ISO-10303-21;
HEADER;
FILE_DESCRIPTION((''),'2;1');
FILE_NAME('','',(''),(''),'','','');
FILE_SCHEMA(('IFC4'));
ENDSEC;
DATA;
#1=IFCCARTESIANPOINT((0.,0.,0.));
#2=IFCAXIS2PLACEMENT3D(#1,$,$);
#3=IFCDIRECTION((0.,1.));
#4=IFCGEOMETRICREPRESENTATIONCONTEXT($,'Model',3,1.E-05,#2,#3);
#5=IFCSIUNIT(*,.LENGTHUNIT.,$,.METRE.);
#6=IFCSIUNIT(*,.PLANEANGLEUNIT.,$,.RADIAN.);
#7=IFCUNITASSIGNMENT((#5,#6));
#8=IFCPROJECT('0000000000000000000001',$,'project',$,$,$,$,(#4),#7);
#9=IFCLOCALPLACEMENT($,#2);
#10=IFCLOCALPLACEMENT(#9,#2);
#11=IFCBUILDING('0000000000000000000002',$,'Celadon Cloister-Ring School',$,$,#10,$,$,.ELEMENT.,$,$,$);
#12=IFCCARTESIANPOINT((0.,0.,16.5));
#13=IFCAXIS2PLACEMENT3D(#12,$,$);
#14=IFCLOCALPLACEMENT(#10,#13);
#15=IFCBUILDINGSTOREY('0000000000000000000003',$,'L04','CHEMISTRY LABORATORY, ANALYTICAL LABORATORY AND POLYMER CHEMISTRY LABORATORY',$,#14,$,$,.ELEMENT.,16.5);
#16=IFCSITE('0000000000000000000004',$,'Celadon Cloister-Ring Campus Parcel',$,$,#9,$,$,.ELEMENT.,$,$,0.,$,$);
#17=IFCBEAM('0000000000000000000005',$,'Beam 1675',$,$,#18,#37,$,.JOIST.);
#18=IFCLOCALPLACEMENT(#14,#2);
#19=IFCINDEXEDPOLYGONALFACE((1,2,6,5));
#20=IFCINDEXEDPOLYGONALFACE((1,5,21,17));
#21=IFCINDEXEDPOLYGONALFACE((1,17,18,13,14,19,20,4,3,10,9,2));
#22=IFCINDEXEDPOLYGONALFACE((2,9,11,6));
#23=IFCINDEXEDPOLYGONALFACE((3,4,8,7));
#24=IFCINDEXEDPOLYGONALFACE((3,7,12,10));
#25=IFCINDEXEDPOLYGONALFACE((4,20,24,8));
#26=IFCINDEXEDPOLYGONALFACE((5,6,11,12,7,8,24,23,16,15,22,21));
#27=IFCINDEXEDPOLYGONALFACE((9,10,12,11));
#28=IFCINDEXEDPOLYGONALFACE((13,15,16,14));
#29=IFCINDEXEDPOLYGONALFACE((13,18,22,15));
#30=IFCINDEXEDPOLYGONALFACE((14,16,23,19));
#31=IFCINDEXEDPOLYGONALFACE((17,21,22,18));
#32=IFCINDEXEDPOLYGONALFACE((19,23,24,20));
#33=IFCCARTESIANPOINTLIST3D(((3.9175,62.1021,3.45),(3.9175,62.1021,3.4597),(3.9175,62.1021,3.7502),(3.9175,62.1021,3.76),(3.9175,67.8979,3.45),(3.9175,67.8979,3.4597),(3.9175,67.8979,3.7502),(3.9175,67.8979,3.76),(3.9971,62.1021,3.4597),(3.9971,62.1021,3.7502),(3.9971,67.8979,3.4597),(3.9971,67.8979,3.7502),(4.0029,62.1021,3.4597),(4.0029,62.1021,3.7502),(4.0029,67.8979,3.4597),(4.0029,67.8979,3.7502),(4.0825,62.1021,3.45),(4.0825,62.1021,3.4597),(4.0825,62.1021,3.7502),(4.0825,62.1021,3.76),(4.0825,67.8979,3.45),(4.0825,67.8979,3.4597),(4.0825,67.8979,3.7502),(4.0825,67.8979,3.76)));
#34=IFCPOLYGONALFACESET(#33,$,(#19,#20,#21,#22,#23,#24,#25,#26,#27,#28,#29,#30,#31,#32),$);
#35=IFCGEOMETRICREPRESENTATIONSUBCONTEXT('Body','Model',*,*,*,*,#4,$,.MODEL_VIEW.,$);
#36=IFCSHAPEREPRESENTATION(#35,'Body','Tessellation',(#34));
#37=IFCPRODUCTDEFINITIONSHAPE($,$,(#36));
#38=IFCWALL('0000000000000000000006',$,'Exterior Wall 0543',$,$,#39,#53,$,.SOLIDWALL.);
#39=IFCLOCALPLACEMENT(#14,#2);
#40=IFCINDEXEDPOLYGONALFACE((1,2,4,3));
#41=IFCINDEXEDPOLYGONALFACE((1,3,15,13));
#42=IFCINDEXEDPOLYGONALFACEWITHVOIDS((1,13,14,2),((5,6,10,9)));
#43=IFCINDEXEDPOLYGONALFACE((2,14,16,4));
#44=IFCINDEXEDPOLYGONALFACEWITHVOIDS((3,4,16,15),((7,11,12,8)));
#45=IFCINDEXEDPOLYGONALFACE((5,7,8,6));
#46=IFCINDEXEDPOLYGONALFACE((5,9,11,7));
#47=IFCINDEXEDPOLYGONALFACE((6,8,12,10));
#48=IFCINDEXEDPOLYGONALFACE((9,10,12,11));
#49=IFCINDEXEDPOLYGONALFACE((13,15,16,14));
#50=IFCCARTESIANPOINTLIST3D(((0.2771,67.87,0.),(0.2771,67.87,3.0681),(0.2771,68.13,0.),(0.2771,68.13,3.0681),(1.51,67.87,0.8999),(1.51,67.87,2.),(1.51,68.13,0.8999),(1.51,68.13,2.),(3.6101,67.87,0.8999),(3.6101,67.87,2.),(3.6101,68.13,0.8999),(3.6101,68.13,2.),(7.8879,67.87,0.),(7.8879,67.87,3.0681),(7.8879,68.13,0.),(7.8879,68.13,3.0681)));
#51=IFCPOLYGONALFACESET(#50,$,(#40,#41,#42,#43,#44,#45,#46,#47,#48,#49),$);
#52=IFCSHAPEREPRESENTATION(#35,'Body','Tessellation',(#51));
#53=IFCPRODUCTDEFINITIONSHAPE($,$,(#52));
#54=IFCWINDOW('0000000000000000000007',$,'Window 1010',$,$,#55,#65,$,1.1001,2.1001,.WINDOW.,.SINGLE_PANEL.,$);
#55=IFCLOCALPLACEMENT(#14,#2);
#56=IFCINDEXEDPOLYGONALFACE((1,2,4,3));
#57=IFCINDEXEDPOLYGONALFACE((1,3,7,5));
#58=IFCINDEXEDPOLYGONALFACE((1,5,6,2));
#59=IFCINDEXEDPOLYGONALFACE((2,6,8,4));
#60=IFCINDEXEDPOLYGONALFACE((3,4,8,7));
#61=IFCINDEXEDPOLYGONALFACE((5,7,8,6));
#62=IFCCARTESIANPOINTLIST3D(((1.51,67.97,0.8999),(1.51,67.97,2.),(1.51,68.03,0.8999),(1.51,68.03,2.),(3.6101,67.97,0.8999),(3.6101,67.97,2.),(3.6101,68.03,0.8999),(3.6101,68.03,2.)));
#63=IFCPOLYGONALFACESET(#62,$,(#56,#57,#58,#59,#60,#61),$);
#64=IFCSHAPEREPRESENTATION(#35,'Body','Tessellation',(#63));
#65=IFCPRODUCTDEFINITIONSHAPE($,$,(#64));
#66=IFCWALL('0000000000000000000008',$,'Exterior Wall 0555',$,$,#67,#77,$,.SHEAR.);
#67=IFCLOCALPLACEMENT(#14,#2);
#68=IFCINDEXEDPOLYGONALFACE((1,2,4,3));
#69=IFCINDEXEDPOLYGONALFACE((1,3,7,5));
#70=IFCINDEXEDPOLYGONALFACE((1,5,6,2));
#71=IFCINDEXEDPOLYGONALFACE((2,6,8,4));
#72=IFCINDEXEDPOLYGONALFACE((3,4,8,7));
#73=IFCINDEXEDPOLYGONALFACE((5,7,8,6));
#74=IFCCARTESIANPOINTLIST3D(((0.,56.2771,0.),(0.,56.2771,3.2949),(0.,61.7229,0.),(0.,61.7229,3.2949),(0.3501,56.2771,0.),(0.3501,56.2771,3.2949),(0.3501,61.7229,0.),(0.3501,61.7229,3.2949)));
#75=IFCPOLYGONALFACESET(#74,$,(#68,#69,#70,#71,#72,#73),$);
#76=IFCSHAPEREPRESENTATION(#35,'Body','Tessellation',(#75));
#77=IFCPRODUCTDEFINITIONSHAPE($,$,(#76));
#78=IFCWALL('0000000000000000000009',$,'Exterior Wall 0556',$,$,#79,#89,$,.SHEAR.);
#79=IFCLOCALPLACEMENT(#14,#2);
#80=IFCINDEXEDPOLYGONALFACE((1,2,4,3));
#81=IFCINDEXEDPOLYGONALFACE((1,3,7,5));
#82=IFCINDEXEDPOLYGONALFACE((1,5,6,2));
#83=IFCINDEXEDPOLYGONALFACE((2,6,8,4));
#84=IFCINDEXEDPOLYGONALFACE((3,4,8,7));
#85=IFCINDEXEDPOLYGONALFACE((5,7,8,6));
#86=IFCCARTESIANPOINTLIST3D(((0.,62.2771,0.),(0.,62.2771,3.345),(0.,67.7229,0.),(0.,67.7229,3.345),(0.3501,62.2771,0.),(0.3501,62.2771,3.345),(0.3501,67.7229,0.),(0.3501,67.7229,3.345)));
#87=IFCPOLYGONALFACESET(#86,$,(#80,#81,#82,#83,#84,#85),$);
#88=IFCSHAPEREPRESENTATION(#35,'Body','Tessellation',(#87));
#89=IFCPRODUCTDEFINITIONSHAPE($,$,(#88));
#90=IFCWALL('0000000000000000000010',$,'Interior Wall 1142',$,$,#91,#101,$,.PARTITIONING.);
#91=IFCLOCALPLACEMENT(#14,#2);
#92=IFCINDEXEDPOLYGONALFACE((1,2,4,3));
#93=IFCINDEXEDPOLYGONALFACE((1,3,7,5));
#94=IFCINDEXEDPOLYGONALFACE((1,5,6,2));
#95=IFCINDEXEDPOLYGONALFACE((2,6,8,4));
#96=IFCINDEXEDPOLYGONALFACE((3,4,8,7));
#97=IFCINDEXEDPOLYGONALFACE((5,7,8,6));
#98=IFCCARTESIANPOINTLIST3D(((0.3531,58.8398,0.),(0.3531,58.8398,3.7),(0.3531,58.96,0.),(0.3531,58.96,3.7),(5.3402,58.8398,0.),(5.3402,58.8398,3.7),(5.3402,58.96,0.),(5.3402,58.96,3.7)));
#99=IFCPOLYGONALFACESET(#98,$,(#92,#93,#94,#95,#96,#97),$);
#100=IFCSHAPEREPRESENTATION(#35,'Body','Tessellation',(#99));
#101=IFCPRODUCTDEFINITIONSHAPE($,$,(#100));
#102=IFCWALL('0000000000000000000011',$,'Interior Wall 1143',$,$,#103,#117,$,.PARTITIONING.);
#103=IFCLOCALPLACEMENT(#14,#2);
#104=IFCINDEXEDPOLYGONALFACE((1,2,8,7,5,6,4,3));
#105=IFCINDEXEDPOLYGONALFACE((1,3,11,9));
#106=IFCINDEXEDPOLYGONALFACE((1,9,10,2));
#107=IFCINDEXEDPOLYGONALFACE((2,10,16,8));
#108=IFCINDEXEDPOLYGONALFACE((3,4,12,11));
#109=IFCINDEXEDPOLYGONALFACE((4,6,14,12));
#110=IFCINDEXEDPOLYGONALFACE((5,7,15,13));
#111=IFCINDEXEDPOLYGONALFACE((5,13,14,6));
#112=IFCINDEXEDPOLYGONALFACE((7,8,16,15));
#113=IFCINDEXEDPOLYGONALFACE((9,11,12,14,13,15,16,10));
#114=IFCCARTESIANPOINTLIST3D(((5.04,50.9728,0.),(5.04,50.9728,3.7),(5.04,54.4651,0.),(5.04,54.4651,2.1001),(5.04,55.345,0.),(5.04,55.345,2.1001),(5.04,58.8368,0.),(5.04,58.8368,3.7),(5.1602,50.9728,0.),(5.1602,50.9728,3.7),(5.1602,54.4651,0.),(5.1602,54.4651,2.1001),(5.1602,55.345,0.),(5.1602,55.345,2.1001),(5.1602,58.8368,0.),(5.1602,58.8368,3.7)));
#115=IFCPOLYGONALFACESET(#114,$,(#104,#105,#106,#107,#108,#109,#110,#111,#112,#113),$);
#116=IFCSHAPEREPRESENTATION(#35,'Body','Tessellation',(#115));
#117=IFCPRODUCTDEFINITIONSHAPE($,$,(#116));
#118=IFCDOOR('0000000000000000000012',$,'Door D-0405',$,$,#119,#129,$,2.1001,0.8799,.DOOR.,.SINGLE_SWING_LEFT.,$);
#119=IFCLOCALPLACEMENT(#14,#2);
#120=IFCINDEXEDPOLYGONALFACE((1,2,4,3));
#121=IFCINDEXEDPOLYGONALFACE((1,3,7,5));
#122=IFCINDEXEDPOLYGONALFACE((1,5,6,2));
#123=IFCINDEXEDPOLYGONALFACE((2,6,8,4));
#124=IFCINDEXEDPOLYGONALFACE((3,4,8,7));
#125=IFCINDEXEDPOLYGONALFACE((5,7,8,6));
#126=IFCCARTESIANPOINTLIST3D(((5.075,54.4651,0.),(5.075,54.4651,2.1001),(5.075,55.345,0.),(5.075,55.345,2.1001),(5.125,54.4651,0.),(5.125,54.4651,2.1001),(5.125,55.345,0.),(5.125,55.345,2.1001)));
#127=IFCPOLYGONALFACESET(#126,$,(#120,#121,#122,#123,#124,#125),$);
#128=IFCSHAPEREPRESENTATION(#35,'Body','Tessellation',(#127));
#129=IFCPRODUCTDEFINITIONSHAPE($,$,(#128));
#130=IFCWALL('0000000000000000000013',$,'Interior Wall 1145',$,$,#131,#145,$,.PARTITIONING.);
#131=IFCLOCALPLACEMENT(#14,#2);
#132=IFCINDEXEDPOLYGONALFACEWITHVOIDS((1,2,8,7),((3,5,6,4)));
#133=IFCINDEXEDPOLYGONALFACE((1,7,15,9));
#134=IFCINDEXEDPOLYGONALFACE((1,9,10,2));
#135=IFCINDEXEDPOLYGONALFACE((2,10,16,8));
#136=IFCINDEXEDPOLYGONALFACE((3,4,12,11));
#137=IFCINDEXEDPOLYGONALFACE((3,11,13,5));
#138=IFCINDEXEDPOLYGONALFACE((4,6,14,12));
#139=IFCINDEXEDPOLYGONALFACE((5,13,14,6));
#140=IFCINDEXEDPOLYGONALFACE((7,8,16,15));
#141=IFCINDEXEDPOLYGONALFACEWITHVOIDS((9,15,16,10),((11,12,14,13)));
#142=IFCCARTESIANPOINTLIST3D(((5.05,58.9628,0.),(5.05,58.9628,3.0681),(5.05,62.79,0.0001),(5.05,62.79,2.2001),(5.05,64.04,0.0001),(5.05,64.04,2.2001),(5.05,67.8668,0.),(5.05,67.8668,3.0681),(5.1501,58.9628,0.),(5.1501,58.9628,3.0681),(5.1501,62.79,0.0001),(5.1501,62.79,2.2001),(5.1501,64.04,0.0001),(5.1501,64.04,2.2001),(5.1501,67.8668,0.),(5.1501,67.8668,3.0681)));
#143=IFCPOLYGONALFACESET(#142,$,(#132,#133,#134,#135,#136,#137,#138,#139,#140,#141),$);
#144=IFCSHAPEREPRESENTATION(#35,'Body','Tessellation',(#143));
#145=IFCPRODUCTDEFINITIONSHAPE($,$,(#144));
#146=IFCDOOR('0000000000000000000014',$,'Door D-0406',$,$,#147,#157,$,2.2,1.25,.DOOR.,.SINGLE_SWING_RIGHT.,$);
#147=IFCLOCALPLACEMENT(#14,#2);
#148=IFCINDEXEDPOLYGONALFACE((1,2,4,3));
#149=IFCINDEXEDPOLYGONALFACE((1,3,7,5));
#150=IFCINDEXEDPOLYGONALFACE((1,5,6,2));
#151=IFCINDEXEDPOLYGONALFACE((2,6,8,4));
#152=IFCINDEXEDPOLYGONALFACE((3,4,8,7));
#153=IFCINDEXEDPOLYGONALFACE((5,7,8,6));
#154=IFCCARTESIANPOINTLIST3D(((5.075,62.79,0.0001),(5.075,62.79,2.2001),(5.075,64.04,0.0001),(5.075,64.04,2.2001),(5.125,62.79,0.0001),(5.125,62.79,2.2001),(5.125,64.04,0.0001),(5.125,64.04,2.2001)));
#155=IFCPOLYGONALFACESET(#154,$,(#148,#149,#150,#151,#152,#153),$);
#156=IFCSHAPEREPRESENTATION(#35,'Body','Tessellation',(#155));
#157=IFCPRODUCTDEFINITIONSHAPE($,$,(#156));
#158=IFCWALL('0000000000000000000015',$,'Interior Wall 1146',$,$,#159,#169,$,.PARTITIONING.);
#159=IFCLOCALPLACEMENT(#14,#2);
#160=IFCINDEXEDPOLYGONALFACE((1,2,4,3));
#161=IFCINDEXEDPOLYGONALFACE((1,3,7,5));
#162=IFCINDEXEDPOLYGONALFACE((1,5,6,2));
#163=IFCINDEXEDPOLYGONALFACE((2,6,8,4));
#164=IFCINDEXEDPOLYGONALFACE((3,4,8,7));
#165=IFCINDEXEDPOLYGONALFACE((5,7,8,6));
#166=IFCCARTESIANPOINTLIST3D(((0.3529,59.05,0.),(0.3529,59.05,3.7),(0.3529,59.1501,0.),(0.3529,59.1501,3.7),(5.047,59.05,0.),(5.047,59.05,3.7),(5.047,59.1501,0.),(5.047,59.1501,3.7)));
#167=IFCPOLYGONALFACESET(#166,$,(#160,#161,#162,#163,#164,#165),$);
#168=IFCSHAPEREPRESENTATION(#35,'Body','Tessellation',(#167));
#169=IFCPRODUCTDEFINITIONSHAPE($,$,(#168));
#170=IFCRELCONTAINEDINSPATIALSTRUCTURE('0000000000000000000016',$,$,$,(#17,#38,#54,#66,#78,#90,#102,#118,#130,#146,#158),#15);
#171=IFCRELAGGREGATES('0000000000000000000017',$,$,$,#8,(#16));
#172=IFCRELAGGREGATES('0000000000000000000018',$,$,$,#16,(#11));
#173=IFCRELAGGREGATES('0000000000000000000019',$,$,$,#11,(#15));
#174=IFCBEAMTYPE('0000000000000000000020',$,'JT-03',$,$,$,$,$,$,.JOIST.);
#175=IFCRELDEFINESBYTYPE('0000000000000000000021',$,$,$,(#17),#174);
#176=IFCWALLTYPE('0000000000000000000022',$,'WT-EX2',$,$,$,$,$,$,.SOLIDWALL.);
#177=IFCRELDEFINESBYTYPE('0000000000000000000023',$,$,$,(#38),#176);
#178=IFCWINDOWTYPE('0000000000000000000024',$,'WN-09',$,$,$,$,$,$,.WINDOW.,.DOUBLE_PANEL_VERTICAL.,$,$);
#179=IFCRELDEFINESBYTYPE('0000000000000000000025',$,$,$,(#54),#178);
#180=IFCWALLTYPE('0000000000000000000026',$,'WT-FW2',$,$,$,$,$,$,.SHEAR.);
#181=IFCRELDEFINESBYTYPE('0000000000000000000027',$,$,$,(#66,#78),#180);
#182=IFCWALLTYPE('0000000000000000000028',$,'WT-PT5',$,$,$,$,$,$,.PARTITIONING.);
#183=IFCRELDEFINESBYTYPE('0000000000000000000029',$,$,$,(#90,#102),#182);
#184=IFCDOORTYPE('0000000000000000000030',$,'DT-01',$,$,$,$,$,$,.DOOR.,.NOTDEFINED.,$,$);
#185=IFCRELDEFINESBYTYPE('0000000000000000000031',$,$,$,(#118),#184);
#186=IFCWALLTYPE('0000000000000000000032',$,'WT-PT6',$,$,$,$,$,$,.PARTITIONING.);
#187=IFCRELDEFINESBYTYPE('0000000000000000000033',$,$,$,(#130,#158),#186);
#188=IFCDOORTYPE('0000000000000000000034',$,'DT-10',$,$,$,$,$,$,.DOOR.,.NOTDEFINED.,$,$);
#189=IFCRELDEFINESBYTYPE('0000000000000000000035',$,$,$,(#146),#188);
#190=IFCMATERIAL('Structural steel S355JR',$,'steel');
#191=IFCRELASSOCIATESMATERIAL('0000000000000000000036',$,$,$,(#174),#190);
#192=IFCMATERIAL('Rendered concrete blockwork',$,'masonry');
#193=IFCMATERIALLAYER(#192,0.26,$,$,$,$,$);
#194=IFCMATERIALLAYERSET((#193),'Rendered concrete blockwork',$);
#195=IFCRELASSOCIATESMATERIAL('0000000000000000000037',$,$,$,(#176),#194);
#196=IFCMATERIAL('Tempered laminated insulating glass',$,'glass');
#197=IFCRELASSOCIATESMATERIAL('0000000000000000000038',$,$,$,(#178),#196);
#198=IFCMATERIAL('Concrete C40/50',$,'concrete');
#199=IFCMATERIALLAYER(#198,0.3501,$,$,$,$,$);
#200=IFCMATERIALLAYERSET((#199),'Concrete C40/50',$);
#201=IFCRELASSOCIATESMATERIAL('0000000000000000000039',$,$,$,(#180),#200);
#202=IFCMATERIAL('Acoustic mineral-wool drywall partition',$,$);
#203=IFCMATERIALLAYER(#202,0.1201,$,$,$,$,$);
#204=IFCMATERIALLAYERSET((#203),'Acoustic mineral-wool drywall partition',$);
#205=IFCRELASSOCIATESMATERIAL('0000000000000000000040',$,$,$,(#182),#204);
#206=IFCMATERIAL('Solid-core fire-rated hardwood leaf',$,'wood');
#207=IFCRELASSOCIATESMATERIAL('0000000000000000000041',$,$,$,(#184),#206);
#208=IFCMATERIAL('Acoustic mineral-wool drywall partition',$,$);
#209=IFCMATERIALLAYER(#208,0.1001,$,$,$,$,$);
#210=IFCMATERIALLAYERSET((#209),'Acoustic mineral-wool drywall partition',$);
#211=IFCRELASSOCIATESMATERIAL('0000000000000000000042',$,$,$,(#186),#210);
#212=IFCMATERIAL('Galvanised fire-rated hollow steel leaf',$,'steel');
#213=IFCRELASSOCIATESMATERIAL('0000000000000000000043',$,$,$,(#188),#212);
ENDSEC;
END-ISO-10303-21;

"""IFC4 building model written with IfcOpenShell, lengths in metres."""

from ifc_helpers import new_model, si_unit, direction, frame, frame_2d, origin, origin_2d, place, context, subcontext, project, spatial, rectangle, i_section, extrude, material, layer, layer_set, material_profile, profile_set, type_object, element, fill, save


model = new_model("IFC4")

# Units and contexts
model_context = context("Model", 3, precision=1e-05, world=origin(), true_north=direction((0.0, 1.0)))
body_context = subcontext(model_context, "Body", "Model", "MODEL_VIEW")
ifc_project = project(units=[si_unit("LENGTHUNIT", "METRE"), si_unit("PLANEANGLEUNIT", "RADIAN")], contexts=[model_context])

# Site, building, storey
site_placement = place(None, origin())
site = spatial("IfcSite", under=ifc_project, at=site_placement, Name="Celadon Cloister-Ring Campus Parcel", CompositionType="ELEMENT", RefElevation=0.0)
building_placement = place(site_placement, origin())
building = spatial("IfcBuilding", under=site, at=building_placement, Name="Celadon Cloister-Ring School", CompositionType="ELEMENT")
storey_placement = place(building_placement, frame((0.0, 0.0, 16.5)))
storey = spatial("IfcBuildingStorey", under=building, at=storey_placement, Name="L04", Description="CHEMISTRY LABORATORY, ANALYTICAL LABORATORY AND POLYMER CHEMISTRY LABORATORY", CompositionType="ELEMENT", Elevation=16.5)

# Beam
ifc_material_1 = material(Name="Structural steel S355JR", Category="steel")
ifc_material_profile_1 = material_profile(ifc_material_1, i_section(OverallWidth=0.165, OverallDepth=0.3101, WebThickness=0.0059, FlangeThickness=0.0098, at=origin_2d()), Name="W310X39")
ifc_profile_set_1 = profile_set([ifc_material_profile_1], Name="Structural steel S355JR")
beam_type_1 = type_object("IfcBeamType", Name="JT-03", PredefinedType="JOIST", material=ifc_profile_set_1)
beam_1_placement = place(storey_placement, frame((4.0, 62.1021, 3.605), z_axis=(0.0, 1.0, 0.0), x_axis=(-1.0, 0.0, 0.0)))
element("IfcBeam", 1, at=beam_1_placement, inside=storey, type_object=beam_type_1, Name="Beam 1675", PredefinedType="JOIST", context=body_context, shape_type="SweptSolid", body=[
    extrude(i_section(OverallWidth=0.165, OverallDepth=0.3101, WebThickness=0.0059, FlangeThickness=0.0098, at=origin_2d()), origin(), (0.0, 0.0, 1.0), 5.7959),
])

# Wall, opening, window
ifc_material_2 = material(Name="Rendered concrete blockwork", Category="masonry")
ifc_layer_1 = layer(ifc_material_2, 0.26)
ifc_layer_set_1 = layer_set([ifc_layer_1], Name="Rendered concrete blockwork")
wall_type_1 = type_object("IfcWallType", Name="WT-EX2", PredefinedType="SOLIDWALL", material=ifc_layer_set_1)
wall_1_placement = place(storey_placement, frame((0.2771, 68.0, 0.0), z_axis=(0.0, 0.0, 1.0), x_axis=(1.0, 0.0, 0.0)))
wall_1 = element("IfcWall", 2, at=wall_1_placement, inside=storey, type_object=wall_type_1, Name="Exterior Wall 0543", PredefinedType="SOLIDWALL", context=body_context, shape_type="SweptSolid", body=[
    extrude(rectangle(XDim=7.6108, YDim=0.26, at=frame_2d((3.8054, 0.0))), origin(), (0.0, 0.0, 1.0), 3.0681),
])
opening_1_placement = place(wall_1_placement, frame((1.2329, 0.0, 0.8999)))
opening_1 = element("IfcOpeningElement", 3, at=opening_1_placement, cuts=wall_1, PredefinedType="OPENING", context=body_context, shape_type="SweptSolid", body=[
    extrude(rectangle(XDim=2.1001, YDim=1.1001, at=frame_2d((1.05, 0.55))), frame((0.0, 0.1401, 0.0), z_axis=(0.0, -1.0, 0.0), x_axis=(1.0, 0.0, 0.0)), (0.0, 0.0, 1.0), 0.28),
])
ifc_material_3 = material(Name="Tempered laminated insulating glass", Category="glass")
window_type = type_object("IfcWindowType", Name="WN-09", PartitioningType="DOUBLE_PANEL_VERTICAL", PredefinedType="WINDOW", material=ifc_material_3)
window_placement = place(opening_1_placement, origin())
window = element("IfcWindow", 4, at=window_placement, inside=storey, type_object=window_type, Name="Window 1010", OverallHeight=1.1001, OverallWidth=2.1001, PartitioningType="SINGLE_PANEL", PredefinedType="WINDOW", context=body_context, shape_type="SweptSolid", body=[
    extrude(rectangle(XDim=2.1001, YDim=1.1001, at=frame_2d((1.05, 0.55))), frame((0.0, 0.03, 0.0), z_axis=(0.0, -1.0, 0.0), x_axis=(1.0, 0.0, 0.0)), (0.0, 0.0, 1.0), 0.0601),
])
fill(opening_1, window)

# Walls
ifc_material_4 = material(Name="Concrete C40/50", Category="concrete")
ifc_layer_2 = layer(ifc_material_4, 0.3501)
ifc_layer_set_2 = layer_set([ifc_layer_2], Name="Concrete C40/50")
wall_type_2 = type_object("IfcWallType", Name="WT-FW2", PredefinedType="SHEAR", material=ifc_layer_set_2)
wall_2_placement = place(storey_placement, frame((0.175, 56.2771, 0.0), z_axis=(0.0, 0.0, 1.0), x_axis=(0.0, 1.0, 0.0)))
element("IfcWall", 5, at=wall_2_placement, inside=storey, type_object=wall_type_2, Name="Exterior Wall 0555", PredefinedType="SHEAR", context=body_context, shape_type="SweptSolid", body=[
    extrude(rectangle(XDim=5.4458, YDim=0.3501, at=frame_2d((2.7229, 0.0))), origin(), (0.0, 0.0, 1.0), 3.2949),
])
wall_3_placement = place(storey_placement, frame((0.175, 62.2771, 0.0), z_axis=(0.0, 0.0, 1.0), x_axis=(0.0, 1.0, 0.0)))
element("IfcWall", 6, at=wall_3_placement, inside=storey, type_object=wall_type_2, Name="Exterior Wall 0556", PredefinedType="SHEAR", context=body_context, shape_type="SweptSolid", body=[
    extrude(rectangle(XDim=5.4458, YDim=0.3501, at=frame_2d((2.7229, 0.0))), origin(), (0.0, 0.0, 1.0), 3.345),
])
ifc_material_5 = material(Name="Acoustic mineral-wool drywall partition")
ifc_layer_3 = layer(ifc_material_5, 0.1201)
ifc_layer_set_3 = layer_set([ifc_layer_3], Name="Acoustic mineral-wool drywall partition")
wall_type_3 = type_object("IfcWallType", Name="WT-PT5", PredefinedType="PARTITIONING", material=ifc_layer_set_3)
wall_4_placement = place(storey_placement, frame((0.353, 58.8999, 0.0), z_axis=(0.0, 0.0, 1.0), x_axis=(1.0, 0.0, 0.0)))
element("IfcWall", 7, at=wall_4_placement, inside=storey, type_object=wall_type_3, Name="Interior Wall 1142", PredefinedType="PARTITIONING", context=body_context, shape_type="SweptSolid", body=[
    extrude(rectangle(XDim=4.9871, YDim=0.1201, at=frame_2d((2.4937, 0.0))), origin(), (0.0, 0.0, 1.0), 3.7),
])

# Walls, openings, doors
wall_5_placement = place(storey_placement, frame((5.1001, 58.8369, 0.0), z_axis=(0.0, 0.0, 1.0), x_axis=(0.0, -1.0, 0.0)))
wall_5 = element("IfcWall", 8, at=wall_5_placement, inside=storey, type_object=wall_type_3, Name="Interior Wall 1143", PredefinedType="PARTITIONING", context=body_context, shape_type="SweptSolid", body=[
    extrude(rectangle(XDim=7.864, YDim=0.1201, at=frame_2d((3.9321, 0.0))), origin(), (0.0, 0.0, 1.0), 3.7),
])
opening_2_placement = place(wall_5_placement, frame((3.4919, 0.0, 0.0)))
opening_2 = element("IfcOpeningElement", 9, at=opening_2_placement, cuts=wall_5, PredefinedType="OPENING", context=body_context, shape_type="SweptSolid", body=[
    extrude(rectangle(XDim=0.8799, YDim=2.1001, at=frame_2d((0.4399, 1.05))), frame((0.0, 0.0701, 0.0), z_axis=(0.0, -1.0, 0.0), x_axis=(1.0, 0.0, 0.0)), (0.0, 0.0, 1.0), 0.1401),
])
ifc_material_6 = material(Name="Solid-core fire-rated hardwood leaf", Category="wood")
door_type_1 = type_object("IfcDoorType", Name="DT-01", OperationType="NOTDEFINED", PredefinedType="DOOR", material=ifc_material_6)
door_1_placement = place(opening_2_placement, origin())
door_1 = element("IfcDoor", 10, at=door_1_placement, inside=storey, type_object=door_type_1, Name="Door D-0405", OperationType="SINGLE_SWING_LEFT", OverallHeight=2.1001, OverallWidth=0.8799, PredefinedType="DOOR", context=body_context, shape_type="SweptSolid", body=[
    extrude(rectangle(XDim=0.8799, YDim=2.1001, at=frame_2d((0.4399, 1.05))), frame((0.0, 0.0249, 0.0), z_axis=(0.0, -1.0, 0.0), x_axis=(1.0, 0.0, 0.0)), (0.0, 0.0, 1.0), 0.05),
])
fill(opening_2, door_1)
ifc_material_7 = material(Name="Acoustic mineral-wool drywall partition")
ifc_layer_4 = layer(ifc_material_7, 0.1001)
ifc_layer_set_4 = layer_set([ifc_layer_4], Name="Acoustic mineral-wool drywall partition")
wall_type_4 = type_object("IfcWallType", Name="WT-PT6", PredefinedType="PARTITIONING", material=ifc_layer_set_4)
wall_6_placement = place(storey_placement, frame((5.1001, 67.8669, 0.0), z_axis=(0.0, 0.0, 1.0), x_axis=(0.0, -1.0, 0.0)))
wall_6 = element("IfcWall", 11, at=wall_6_placement, inside=storey, type_object=wall_type_4, Name="Interior Wall 1145", PredefinedType="PARTITIONING", context=body_context, shape_type="SweptSolid", body=[
    extrude(rectangle(XDim=8.9041, YDim=0.1001, at=frame_2d((4.4521, 0.0))), origin(), (0.0, 0.0, 1.0), 3.0681),
])
opening_3_placement = place(wall_6_placement, frame((3.8269, 0.0, 0.0)))
opening_3 = element("IfcOpeningElement", 12, at=opening_3_placement, cuts=wall_6, PredefinedType="OPENING", context=body_context, shape_type="SweptSolid", body=[
    extrude(rectangle(XDim=1.25, YDim=2.2, at=frame_2d((0.625, 1.1001))), frame((0.0, 0.0601, 0.0), z_axis=(0.0, -1.0, 0.0), x_axis=(1.0, 0.0, 0.0)), (0.0, 0.0, 1.0), 0.1201),
])
ifc_material_8 = material(Name="Galvanised fire-rated hollow steel leaf", Category="steel")
door_type_2 = type_object("IfcDoorType", Name="DT-10", OperationType="NOTDEFINED", PredefinedType="DOOR", material=ifc_material_8)
door_2_placement = place(opening_3_placement, origin())
door_2 = element("IfcDoor", 13, at=door_2_placement, inside=storey, type_object=door_type_2, Name="Door D-0406", OperationType="SINGLE_SWING_RIGHT", OverallHeight=2.2, OverallWidth=1.25, PredefinedType="DOOR", context=body_context, shape_type="SweptSolid", body=[
    extrude(rectangle(XDim=1.25, YDim=2.2, at=frame_2d((0.625, 1.1001))), frame((0.0, 0.0249, 0.0), z_axis=(0.0, -1.0, 0.0), x_axis=(1.0, 0.0, 0.0)), (0.0, 0.0, 1.0), 0.05),
])
fill(opening_3, door_2)

# Wall
wall_7_placement = place(storey_placement, frame((5.0471, 59.1001, 0.0), z_axis=(0.0, 0.0, 1.0), x_axis=(-1.0, 0.0, 0.0)))
element("IfcWall", 14, at=wall_7_placement, inside=storey, type_object=wall_type_4, Name="Interior Wall 1146", PredefinedType="PARTITIONING", context=body_context, shape_type="SweptSolid", body=[
    extrude(rectangle(XDim=4.6941, YDim=0.1001, at=frame_2d((2.3472, 0.0))), origin(), (0.0, 0.0, 1.0), 3.7),
])

save(model, "model.ifc")
